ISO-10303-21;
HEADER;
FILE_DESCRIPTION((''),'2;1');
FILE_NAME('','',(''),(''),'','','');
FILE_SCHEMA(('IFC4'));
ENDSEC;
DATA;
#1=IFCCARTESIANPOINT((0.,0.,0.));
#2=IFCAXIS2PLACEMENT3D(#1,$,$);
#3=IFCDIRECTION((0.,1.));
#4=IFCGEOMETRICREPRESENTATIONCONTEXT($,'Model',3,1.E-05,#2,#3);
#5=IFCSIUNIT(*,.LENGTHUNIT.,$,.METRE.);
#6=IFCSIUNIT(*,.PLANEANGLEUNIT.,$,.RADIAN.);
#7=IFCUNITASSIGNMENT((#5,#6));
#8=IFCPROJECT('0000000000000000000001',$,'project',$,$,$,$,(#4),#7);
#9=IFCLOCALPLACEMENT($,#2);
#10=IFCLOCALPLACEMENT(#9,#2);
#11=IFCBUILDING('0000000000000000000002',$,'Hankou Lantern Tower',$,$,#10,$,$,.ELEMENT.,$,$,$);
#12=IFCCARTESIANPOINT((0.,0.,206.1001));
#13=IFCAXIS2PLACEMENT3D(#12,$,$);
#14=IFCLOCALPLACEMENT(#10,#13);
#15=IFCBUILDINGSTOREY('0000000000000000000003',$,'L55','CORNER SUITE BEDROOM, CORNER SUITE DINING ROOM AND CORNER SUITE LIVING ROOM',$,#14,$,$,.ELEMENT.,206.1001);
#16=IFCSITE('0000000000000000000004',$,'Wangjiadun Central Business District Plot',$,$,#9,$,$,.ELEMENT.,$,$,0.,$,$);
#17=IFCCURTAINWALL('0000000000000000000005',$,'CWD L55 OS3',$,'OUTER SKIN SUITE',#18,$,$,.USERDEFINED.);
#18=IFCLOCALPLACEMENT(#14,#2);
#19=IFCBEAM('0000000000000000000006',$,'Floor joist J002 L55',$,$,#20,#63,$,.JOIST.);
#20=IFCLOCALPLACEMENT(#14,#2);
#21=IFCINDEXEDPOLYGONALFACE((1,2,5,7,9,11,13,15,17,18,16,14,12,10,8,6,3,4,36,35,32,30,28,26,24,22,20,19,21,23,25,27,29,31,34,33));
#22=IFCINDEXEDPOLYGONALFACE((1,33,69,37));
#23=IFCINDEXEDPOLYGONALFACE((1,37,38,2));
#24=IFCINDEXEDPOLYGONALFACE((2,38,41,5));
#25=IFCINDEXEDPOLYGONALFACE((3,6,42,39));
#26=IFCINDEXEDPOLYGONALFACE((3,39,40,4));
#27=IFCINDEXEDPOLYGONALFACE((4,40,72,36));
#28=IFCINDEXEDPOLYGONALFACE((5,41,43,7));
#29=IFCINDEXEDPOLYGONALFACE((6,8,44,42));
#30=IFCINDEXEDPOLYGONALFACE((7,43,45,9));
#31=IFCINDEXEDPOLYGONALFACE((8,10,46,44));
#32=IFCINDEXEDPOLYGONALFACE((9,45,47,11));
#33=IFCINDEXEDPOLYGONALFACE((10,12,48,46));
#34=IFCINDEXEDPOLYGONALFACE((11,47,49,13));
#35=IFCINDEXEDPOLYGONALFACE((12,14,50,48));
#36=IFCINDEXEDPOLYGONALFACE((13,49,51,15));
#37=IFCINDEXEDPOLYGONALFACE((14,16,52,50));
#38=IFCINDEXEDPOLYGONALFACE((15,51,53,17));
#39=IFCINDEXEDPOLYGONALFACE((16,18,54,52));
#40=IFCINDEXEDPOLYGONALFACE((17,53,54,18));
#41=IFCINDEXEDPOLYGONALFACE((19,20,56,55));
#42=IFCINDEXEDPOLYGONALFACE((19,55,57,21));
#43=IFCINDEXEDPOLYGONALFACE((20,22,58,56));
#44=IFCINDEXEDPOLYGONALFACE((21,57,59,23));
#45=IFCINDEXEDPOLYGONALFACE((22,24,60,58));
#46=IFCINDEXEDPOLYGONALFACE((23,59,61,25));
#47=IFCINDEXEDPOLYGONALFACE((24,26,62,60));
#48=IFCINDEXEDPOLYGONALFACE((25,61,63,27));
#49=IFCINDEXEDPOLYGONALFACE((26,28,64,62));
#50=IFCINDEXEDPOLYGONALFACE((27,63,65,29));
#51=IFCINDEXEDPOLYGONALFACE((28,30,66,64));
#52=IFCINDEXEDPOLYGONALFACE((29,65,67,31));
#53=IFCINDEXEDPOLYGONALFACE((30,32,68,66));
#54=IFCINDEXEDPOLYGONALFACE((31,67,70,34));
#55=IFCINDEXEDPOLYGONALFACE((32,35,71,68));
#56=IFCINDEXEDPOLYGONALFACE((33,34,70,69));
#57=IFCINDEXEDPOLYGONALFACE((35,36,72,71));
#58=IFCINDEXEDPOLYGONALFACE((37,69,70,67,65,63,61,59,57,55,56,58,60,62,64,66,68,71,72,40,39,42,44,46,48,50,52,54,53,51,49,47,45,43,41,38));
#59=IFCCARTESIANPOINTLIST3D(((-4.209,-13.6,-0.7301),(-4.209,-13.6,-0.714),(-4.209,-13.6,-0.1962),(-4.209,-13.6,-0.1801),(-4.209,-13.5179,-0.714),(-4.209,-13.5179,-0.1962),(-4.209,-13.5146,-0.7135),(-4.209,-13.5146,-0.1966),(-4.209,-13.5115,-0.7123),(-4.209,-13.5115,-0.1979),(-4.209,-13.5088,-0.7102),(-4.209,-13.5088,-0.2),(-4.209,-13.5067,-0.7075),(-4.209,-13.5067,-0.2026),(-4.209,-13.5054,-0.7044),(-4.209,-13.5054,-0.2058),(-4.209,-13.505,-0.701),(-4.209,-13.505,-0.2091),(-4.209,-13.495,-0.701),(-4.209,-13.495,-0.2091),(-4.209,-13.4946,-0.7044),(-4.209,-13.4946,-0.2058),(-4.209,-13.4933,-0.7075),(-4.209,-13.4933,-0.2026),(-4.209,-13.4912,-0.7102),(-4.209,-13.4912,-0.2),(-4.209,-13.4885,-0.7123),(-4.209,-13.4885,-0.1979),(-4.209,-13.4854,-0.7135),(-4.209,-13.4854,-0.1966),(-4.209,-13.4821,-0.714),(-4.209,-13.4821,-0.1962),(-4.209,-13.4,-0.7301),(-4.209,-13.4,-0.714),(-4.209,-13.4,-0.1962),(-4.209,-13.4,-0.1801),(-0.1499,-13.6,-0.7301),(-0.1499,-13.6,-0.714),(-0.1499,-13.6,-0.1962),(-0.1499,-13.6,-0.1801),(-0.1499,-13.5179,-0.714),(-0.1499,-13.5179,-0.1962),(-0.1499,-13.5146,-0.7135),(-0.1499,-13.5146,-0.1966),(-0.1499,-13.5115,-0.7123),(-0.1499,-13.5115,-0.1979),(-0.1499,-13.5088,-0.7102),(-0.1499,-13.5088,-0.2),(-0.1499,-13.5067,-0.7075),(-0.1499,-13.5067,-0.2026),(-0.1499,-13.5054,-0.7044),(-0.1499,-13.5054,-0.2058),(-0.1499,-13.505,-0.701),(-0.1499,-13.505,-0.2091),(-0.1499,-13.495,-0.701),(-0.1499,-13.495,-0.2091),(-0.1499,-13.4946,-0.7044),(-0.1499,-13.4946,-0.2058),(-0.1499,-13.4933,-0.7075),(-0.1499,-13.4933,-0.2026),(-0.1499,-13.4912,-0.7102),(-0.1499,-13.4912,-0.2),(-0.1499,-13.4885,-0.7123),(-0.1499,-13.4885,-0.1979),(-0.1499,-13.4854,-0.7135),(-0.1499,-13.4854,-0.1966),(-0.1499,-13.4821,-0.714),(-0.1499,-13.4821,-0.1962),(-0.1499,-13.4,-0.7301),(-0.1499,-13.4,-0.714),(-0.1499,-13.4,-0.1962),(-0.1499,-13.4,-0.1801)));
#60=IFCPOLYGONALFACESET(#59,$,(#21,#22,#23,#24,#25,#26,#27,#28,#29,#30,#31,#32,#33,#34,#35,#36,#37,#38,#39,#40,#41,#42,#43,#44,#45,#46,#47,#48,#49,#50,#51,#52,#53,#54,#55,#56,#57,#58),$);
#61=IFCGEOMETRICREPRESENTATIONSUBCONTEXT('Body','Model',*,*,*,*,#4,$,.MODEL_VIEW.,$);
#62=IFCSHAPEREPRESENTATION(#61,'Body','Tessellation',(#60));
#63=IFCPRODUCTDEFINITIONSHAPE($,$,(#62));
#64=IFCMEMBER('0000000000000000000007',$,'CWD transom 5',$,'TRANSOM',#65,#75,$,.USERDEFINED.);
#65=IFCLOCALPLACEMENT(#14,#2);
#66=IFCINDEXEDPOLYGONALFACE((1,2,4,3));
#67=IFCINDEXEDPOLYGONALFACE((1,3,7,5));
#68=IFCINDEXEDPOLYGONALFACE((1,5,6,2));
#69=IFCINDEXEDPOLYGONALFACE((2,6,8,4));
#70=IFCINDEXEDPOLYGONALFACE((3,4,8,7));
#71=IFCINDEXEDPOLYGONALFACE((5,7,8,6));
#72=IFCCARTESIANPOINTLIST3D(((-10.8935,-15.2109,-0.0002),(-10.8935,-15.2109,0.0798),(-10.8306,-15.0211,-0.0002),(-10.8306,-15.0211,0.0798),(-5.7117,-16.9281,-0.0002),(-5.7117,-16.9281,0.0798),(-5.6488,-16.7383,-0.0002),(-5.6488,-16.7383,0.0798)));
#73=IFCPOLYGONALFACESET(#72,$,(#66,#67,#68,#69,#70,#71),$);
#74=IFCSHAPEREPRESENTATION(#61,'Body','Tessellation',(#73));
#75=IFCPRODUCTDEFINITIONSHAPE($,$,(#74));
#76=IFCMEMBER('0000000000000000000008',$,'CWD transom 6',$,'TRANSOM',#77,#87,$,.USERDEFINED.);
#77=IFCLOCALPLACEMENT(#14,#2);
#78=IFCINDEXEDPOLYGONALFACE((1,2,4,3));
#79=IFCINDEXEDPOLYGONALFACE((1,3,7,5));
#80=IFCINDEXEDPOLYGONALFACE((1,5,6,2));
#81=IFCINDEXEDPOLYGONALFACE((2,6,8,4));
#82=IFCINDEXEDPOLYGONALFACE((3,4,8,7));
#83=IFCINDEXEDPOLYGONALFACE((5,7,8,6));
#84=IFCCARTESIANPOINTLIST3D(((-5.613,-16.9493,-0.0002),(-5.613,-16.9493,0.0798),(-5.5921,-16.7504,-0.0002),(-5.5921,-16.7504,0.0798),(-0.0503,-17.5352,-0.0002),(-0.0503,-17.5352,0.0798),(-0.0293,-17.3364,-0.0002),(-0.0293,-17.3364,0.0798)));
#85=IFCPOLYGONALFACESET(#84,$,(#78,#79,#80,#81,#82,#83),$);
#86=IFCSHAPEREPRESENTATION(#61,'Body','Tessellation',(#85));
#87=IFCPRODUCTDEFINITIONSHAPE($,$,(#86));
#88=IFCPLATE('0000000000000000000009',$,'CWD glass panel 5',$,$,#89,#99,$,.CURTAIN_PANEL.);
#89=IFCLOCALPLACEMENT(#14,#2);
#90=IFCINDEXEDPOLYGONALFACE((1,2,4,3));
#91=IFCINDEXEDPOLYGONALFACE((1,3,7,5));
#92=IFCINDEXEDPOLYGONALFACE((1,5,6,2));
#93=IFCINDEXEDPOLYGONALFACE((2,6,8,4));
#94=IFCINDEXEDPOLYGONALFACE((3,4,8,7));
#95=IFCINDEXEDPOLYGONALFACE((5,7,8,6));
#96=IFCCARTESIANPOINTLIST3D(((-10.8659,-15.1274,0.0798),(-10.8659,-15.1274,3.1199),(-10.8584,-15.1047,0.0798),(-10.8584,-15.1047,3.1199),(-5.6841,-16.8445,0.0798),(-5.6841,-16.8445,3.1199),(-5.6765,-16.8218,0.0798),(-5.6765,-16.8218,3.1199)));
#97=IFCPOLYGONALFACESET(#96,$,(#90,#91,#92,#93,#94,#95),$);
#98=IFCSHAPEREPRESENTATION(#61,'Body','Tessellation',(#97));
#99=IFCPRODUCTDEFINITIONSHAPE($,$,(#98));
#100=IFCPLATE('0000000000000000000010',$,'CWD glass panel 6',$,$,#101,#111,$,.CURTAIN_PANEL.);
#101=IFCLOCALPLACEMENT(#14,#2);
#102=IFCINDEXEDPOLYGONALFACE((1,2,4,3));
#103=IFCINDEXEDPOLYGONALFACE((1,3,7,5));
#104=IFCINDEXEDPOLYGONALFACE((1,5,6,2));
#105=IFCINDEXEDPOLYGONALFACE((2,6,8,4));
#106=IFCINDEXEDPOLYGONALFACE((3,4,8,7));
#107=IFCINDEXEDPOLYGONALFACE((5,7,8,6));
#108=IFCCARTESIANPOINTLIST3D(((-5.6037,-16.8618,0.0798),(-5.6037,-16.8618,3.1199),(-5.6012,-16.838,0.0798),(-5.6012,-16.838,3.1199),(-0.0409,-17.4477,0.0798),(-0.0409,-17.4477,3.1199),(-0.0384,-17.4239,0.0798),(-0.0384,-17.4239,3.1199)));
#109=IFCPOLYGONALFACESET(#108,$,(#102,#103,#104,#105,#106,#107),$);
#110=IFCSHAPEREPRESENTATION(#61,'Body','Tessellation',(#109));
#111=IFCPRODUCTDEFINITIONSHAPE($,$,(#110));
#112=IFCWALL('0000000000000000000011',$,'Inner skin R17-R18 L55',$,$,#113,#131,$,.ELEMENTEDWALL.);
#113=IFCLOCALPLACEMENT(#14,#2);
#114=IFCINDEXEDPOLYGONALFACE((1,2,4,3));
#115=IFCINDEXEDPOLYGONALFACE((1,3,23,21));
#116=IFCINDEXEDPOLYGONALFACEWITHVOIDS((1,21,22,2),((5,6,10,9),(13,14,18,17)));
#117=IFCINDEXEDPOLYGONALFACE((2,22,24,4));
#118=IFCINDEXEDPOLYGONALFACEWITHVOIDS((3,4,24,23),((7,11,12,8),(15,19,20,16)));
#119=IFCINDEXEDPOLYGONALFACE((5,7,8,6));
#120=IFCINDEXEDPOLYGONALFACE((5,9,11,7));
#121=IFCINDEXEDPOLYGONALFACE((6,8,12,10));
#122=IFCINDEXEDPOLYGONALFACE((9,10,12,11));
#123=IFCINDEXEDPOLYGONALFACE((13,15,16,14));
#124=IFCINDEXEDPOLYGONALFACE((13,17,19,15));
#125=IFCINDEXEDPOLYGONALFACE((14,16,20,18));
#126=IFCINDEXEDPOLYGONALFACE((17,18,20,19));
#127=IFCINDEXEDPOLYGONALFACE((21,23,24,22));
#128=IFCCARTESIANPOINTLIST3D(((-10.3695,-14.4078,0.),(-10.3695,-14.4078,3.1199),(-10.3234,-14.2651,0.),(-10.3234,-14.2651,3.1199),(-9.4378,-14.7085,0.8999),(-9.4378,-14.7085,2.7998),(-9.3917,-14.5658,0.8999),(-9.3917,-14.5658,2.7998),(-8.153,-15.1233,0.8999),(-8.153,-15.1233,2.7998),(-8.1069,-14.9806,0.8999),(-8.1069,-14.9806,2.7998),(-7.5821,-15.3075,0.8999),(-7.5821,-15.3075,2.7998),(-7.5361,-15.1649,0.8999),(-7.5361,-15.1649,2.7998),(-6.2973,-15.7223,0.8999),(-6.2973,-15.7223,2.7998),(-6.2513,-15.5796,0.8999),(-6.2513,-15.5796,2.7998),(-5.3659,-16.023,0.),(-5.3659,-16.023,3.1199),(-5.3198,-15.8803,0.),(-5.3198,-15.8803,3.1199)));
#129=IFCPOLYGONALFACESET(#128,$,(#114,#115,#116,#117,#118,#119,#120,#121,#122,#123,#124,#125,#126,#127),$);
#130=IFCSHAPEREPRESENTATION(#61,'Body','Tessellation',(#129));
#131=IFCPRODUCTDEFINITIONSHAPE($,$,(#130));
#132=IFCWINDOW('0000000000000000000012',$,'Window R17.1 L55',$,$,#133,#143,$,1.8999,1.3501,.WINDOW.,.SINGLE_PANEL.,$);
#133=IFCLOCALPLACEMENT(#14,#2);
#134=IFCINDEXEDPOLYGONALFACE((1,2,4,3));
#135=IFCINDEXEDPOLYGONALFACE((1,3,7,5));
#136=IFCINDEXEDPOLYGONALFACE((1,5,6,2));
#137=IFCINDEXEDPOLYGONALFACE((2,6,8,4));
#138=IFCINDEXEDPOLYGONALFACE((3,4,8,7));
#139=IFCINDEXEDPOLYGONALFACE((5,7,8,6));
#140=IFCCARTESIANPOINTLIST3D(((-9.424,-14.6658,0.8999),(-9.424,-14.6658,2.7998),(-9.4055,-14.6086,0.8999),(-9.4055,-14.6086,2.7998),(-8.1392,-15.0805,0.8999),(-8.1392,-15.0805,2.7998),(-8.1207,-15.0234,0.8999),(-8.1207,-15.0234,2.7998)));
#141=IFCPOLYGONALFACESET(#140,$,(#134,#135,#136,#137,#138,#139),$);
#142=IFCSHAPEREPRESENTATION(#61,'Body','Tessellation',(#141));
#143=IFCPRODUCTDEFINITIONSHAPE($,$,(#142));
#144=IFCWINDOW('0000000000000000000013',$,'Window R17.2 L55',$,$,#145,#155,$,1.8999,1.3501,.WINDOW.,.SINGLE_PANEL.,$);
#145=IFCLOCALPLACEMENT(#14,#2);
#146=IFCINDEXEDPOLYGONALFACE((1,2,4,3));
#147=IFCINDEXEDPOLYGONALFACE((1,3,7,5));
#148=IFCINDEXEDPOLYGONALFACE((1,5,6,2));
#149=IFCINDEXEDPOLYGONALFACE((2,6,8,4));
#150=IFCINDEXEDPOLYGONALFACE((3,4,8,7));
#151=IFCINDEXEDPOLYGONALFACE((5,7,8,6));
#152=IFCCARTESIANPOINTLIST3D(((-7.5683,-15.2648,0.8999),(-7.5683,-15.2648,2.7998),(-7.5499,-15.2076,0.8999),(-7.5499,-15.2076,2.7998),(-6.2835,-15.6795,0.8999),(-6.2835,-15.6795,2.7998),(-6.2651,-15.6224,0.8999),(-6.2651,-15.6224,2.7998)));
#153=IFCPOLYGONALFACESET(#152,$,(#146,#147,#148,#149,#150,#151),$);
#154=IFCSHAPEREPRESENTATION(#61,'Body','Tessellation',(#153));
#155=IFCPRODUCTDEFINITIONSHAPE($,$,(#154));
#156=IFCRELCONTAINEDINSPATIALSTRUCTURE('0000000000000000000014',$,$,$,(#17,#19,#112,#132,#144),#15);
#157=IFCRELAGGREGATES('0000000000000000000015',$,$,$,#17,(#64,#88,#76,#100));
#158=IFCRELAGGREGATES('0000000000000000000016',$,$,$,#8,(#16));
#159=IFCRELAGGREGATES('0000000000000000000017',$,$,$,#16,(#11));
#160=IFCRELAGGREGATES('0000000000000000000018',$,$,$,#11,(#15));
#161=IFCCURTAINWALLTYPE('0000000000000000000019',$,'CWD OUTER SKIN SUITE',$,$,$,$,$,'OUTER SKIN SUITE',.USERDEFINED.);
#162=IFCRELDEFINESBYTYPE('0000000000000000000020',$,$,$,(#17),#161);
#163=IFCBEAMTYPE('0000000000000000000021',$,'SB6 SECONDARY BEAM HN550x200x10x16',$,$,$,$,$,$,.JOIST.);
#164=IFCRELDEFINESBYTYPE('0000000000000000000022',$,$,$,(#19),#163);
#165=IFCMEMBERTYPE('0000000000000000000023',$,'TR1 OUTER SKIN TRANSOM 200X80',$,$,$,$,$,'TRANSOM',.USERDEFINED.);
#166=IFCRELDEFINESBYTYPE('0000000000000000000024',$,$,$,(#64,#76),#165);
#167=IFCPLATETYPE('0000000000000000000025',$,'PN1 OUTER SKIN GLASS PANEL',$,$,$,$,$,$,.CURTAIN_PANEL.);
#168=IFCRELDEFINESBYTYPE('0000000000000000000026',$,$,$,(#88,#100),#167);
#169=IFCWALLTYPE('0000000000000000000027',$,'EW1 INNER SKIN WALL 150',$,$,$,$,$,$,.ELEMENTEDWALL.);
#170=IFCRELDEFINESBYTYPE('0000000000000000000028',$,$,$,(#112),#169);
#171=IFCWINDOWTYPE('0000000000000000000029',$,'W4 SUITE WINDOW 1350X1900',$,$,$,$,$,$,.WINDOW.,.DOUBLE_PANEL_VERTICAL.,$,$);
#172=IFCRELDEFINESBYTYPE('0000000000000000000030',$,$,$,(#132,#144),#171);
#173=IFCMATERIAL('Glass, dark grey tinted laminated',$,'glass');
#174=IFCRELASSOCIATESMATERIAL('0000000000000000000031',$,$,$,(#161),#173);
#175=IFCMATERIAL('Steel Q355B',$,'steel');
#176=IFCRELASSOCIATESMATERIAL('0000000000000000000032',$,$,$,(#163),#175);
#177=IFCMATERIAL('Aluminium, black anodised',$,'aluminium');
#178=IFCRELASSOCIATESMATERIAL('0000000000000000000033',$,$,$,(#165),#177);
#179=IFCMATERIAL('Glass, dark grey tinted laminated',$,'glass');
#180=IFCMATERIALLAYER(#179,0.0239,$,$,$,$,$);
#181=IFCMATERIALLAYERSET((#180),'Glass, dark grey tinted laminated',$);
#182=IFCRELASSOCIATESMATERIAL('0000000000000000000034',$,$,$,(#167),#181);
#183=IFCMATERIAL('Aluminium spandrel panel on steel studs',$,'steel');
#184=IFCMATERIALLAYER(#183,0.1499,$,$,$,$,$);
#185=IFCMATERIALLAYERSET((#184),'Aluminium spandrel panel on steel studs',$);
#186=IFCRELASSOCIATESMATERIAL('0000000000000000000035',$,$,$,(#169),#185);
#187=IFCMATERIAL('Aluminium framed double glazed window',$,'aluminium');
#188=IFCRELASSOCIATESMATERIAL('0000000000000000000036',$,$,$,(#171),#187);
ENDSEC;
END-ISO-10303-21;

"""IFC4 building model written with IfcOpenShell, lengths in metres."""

from ifc_helpers import new_model, si_unit, direction, frame, frame_2d, origin, origin_2d, place, context, subcontext, project, spatial, rectangle, i_section, extrude, material, layer, layer_set, material_profile, profile_set, type_object, element, fill, aggregate, save


model = new_model("IFC4")

# Units and contexts
model_context = context("Model", 3, precision=1e-05, world=origin(), true_north=direction((0.0, 1.0)))
body_context = subcontext(model_context, "Body", "Model", "MODEL_VIEW")
ifc_project = project(units=[si_unit("LENGTHUNIT", "METRE"), si_unit("PLANEANGLEUNIT", "RADIAN")], contexts=[model_context])

# Site, building, storey
site_placement = place(None, origin())
site = spatial("IfcSite", under=ifc_project, at=site_placement, Name="Wangjiadun Central Business District Plot", CompositionType="ELEMENT", RefElevation=0.0)
building_placement = place(site_placement, origin())
building = spatial("IfcBuilding", under=site, at=building_placement, Name="Hankou Lantern Tower", CompositionType="ELEMENT")
storey_placement = place(building_placement, frame((0.0, 0.0, 206.1001)))
storey = spatial("IfcBuildingStorey", under=building, at=storey_placement, Name="L55", Description="CORNER SUITE BEDROOM, CORNER SUITE DINING ROOM AND CORNER SUITE LIVING ROOM", CompositionType="ELEMENT", Elevation=206.1001)

# Curtain wall
ifc_material_1 = material(Name="Glass, dark grey tinted laminated", Category="glass")
curtain_wall_type = type_object("IfcCurtainWallType", Name="CWD OUTER SKIN SUITE", ElementType="OUTER SKIN SUITE", PredefinedType="USERDEFINED", material=ifc_material_1)
curtain_wall_placement = place(storey_placement, origin())
curtain_wall = element("IfcCurtainWall", 1, at=curtain_wall_placement, inside=storey, type_object=curtain_wall_type, Name="CWD L55 OS3", ObjectType="OUTER SKIN SUITE", PredefinedType="USERDEFINED")

# Beam
ifc_material_2 = material(Name="Steel Q355B", Category="steel")
ifc_material_profile_1 = material_profile(ifc_material_2, i_section(OverallWidth=0.2, OverallDepth=0.55, WebThickness=0.01, FlangeThickness=0.0161, FilletRadius=0.0129, at=origin_2d()), Name="HN550x200x10x16")
ifc_profile_set_1 = profile_set([ifc_material_profile_1], Name="Steel Q355B")
beam_type_1 = type_object("IfcBeamType", Name="SB6 SECONDARY BEAM HN550x200x10x16", PredefinedType="JOIST", material=ifc_profile_set_1)
beam_1_placement = place(storey_placement, frame((-4.209, -13.5, -0.4551), z_axis=(1.0, 0.0, 0.0), x_axis=(0.0, 1.0, 0.0)))
element("IfcBeam", 2, at=beam_1_placement, inside=storey, type_object=beam_type_1, Name="Floor joist J002 L55", PredefinedType="JOIST", context=body_context, shape_type="SweptSolid", body=[
    extrude(i_section(OverallWidth=0.2, OverallDepth=0.55, WebThickness=0.01, FlangeThickness=0.0161, FilletRadius=0.0129, at=origin_2d()), origin(), (0.0, 0.0, 1.0), 4.0591),
])

# Members
ifc_material_3 = material(Name="Aluminium, black anodised", Category="aluminium")
ifc_material_profile_2 = material_profile(ifc_material_3, rectangle(XDim=0.2, YDim=0.0801, at=origin_2d()), Name="TR1 200X80")
ifc_profile_set_2 = profile_set([ifc_material_profile_2], Name="Aluminium, black anodised")
member_type_1 = type_object("IfcMemberType", Name="TR1 OUTER SKIN TRANSOM 200X80", ElementType="TRANSOM", PredefinedType="USERDEFINED", material=ifc_profile_set_2)
member_1_placement = place(storey_placement, frame((-10.8621, -15.116, 0.0398), z_axis=(0.949232, -0.314577, 0.0), x_axis=(0.314577, 0.949232, 0.0)))
member_1 = element("IfcMember", 3, at=member_1_placement, type_object=member_type_1, Name="CWD transom 5", ObjectType="TRANSOM", PredefinedType="USERDEFINED", context=body_context, shape_type="SweptSolid", body=[
    extrude(rectangle(XDim=0.2, YDim=0.0801, at=origin_2d()), origin(), (0.0, 0.0, 1.0), 5.459),
])
member_2_placement = place(storey_placement, frame((-5.6025, -16.8499, 0.0398), z_axis=(0.994498, -0.104753, 0.0), x_axis=(0.104753, 0.994498, 0.0)))
member_2 = element("IfcMember", 4, at=member_2_placement, type_object=member_type_1, Name="CWD transom 6", ObjectType="TRANSOM", PredefinedType="USERDEFINED", context=body_context, shape_type="SweptSolid", body=[
    extrude(rectangle(XDim=0.2, YDim=0.0801, at=origin_2d()), origin(), (0.0, 0.0, 1.0), 5.5935),
])

# Plates
ifc_material_4 = material(Name="Glass, dark grey tinted laminated", Category="glass")
ifc_layer_1 = layer(ifc_material_4, 0.0239)
ifc_layer_set_1 = layer_set([ifc_layer_1], Name="Glass, dark grey tinted laminated")
plate_type = type_object("IfcPlateType", Name="PN1 OUTER SKIN GLASS PANEL", PredefinedType="CURTAIN_PANEL", material=ifc_layer_set_1)
plate_1_placement = place(storey_placement, frame((-8.2712, -15.9746, 0.0798), z_axis=(0.0, 0.0, 1.0), x_axis=(0.949241, -0.314551, 0.0)))
plate_1 = element("IfcPlate", 5, at=plate_1_placement, type_object=plate_type, Name="CWD glass panel 5", PredefinedType="CURTAIN_PANEL", context=body_context, shape_type="SweptSolid", body=[
    extrude(rectangle(XDim=5.459, YDim=0.0239, at=origin_2d()), origin(), (0.0, 0.0, 1.0), 3.04),
])
plate_2_placement = place(storey_placement, frame((-2.821, -17.1428, 0.0798), z_axis=(0.0, 0.0, 1.0), x_axis=(0.994499, -0.104743, 0.0)))
plate_2 = element("IfcPlate", 6, at=plate_2_placement, type_object=plate_type, Name="CWD glass panel 6", PredefinedType="CURTAIN_PANEL", context=body_context, shape_type="SweptSolid", body=[
    extrude(rectangle(XDim=5.5935, YDim=0.0239, at=origin_2d()), origin(), (0.0, 0.0, 1.0), 3.04),
])
aggregate(curtain_wall, [member_1, plate_1, member_2, plate_2])

# Wall, openings, windows
ifc_material_5 = material(Name="Aluminium spandrel panel on steel studs", Category="steel")
ifc_layer_2 = layer(ifc_material_5, 0.1499)
ifc_layer_set_2 = layer_set([ifc_layer_2], Name="Aluminium spandrel panel on steel studs")
wall_type_1 = type_object("IfcWallType", Name="EW1 INNER SKIN WALL 150", PredefinedType="ELEMENTEDWALL", material=ifc_layer_set_2)
wall_1_placement = place(storey_placement, frame((-10.3464, -14.3364, 0.0), z_axis=(0.0, 0.0, 1.0), x_axis=(0.951645, -0.307201, 0.0)))
wall_1 = element("IfcWall", 7, at=wall_1_placement, inside=storey, type_object=wall_type_1, Name="Inner skin R17-R18 L55", PredefinedType="ELEMENTEDWALL", context=body_context, shape_type="SweptSolid", body=[
    extrude(rectangle(XDim=5.2578, YDim=0.1499, at=frame_2d((2.6289, 0.0))), origin(), (0.0, 0.0, 1.0), 3.1199),
])
opening_1_placement = place(wall_1_placement, frame((0.979, 0.0, 0.8999)))
opening_1 = element("IfcOpeningElement", 8, at=opening_1_placement, cuts=wall_1, PredefinedType="OPENING", context=body_context, shape_type="SweptSolid", body=[
    extrude(rectangle(XDim=1.3501, YDim=1.8999, at=frame_2d((0.675, 0.95))), frame((0.0, 0.085, 0.0), z_axis=(0.0, -1.0, 0.0), x_axis=(1.0, 0.0, 0.0)), (0.0, 0.0, 1.0), 0.1699),
])
opening_2_placement = place(wall_1_placement, frame((2.929, 0.0, 0.8999)))
opening_2 = element("IfcOpeningElement", 9, at=opening_2_placement, cuts=wall_1, PredefinedType="OPENING", context=body_context, shape_type="SweptSolid", body=[
    extrude(rectangle(XDim=1.3501, YDim=1.8999, at=frame_2d((0.675, 0.95))), frame((0.0, 0.085, 0.0), z_axis=(0.0, -1.0, 0.0), x_axis=(1.0, 0.0, 0.0)), (0.0, 0.0, 1.0), 0.1699),
])
ifc_material_6 = material(Name="Aluminium framed double glazed window", Category="aluminium")
window_type = type_object("IfcWindowType", Name="W4 SUITE WINDOW 1350X1900", PartitioningType="DOUBLE_PANEL_VERTICAL", PredefinedType="WINDOW", material=ifc_material_6)
window_1_placement = place(opening_1_placement, origin())
window_1 = element("IfcWindow", 10, at=window_1_placement, inside=storey, type_object=window_type, Name="Window R17.1 L55", OverallHeight=1.8999, OverallWidth=1.3501, PartitioningType="SINGLE_PANEL", PredefinedType="WINDOW", context=body_context, shape_type="SweptSolid", body=[
    extrude(rectangle(XDim=1.3501, YDim=1.8999, at=frame_2d((0.675, 0.95))), frame((0.0, 0.03, 0.0), z_axis=(0.0, -1.0, 0.0), x_axis=(1.0, 0.0, 0.0)), (0.0, 0.0, 1.0), 0.0601),
])
fill(opening_1, window_1)
window_2_placement = place(opening_2_placement, origin())
window_2 = element("IfcWindow", 11, at=window_2_placement, inside=storey, type_object=window_type, Name="Window R17.2 L55", OverallHeight=1.8999, OverallWidth=1.3501, PartitioningType="SINGLE_PANEL", PredefinedType="WINDOW", context=body_context, shape_type="SweptSolid", body=[
    extrude(rectangle(XDim=1.3501, YDim=1.8999, at=frame_2d((0.675, 0.95))), frame((0.0, 0.03, 0.0), z_axis=(0.0, -1.0, 0.0), x_axis=(1.0, 0.0, 0.0)), (0.0, 0.0, 1.0), 0.0601),
])
fill(opening_2, window_2)

save(model, "model.ifc")
